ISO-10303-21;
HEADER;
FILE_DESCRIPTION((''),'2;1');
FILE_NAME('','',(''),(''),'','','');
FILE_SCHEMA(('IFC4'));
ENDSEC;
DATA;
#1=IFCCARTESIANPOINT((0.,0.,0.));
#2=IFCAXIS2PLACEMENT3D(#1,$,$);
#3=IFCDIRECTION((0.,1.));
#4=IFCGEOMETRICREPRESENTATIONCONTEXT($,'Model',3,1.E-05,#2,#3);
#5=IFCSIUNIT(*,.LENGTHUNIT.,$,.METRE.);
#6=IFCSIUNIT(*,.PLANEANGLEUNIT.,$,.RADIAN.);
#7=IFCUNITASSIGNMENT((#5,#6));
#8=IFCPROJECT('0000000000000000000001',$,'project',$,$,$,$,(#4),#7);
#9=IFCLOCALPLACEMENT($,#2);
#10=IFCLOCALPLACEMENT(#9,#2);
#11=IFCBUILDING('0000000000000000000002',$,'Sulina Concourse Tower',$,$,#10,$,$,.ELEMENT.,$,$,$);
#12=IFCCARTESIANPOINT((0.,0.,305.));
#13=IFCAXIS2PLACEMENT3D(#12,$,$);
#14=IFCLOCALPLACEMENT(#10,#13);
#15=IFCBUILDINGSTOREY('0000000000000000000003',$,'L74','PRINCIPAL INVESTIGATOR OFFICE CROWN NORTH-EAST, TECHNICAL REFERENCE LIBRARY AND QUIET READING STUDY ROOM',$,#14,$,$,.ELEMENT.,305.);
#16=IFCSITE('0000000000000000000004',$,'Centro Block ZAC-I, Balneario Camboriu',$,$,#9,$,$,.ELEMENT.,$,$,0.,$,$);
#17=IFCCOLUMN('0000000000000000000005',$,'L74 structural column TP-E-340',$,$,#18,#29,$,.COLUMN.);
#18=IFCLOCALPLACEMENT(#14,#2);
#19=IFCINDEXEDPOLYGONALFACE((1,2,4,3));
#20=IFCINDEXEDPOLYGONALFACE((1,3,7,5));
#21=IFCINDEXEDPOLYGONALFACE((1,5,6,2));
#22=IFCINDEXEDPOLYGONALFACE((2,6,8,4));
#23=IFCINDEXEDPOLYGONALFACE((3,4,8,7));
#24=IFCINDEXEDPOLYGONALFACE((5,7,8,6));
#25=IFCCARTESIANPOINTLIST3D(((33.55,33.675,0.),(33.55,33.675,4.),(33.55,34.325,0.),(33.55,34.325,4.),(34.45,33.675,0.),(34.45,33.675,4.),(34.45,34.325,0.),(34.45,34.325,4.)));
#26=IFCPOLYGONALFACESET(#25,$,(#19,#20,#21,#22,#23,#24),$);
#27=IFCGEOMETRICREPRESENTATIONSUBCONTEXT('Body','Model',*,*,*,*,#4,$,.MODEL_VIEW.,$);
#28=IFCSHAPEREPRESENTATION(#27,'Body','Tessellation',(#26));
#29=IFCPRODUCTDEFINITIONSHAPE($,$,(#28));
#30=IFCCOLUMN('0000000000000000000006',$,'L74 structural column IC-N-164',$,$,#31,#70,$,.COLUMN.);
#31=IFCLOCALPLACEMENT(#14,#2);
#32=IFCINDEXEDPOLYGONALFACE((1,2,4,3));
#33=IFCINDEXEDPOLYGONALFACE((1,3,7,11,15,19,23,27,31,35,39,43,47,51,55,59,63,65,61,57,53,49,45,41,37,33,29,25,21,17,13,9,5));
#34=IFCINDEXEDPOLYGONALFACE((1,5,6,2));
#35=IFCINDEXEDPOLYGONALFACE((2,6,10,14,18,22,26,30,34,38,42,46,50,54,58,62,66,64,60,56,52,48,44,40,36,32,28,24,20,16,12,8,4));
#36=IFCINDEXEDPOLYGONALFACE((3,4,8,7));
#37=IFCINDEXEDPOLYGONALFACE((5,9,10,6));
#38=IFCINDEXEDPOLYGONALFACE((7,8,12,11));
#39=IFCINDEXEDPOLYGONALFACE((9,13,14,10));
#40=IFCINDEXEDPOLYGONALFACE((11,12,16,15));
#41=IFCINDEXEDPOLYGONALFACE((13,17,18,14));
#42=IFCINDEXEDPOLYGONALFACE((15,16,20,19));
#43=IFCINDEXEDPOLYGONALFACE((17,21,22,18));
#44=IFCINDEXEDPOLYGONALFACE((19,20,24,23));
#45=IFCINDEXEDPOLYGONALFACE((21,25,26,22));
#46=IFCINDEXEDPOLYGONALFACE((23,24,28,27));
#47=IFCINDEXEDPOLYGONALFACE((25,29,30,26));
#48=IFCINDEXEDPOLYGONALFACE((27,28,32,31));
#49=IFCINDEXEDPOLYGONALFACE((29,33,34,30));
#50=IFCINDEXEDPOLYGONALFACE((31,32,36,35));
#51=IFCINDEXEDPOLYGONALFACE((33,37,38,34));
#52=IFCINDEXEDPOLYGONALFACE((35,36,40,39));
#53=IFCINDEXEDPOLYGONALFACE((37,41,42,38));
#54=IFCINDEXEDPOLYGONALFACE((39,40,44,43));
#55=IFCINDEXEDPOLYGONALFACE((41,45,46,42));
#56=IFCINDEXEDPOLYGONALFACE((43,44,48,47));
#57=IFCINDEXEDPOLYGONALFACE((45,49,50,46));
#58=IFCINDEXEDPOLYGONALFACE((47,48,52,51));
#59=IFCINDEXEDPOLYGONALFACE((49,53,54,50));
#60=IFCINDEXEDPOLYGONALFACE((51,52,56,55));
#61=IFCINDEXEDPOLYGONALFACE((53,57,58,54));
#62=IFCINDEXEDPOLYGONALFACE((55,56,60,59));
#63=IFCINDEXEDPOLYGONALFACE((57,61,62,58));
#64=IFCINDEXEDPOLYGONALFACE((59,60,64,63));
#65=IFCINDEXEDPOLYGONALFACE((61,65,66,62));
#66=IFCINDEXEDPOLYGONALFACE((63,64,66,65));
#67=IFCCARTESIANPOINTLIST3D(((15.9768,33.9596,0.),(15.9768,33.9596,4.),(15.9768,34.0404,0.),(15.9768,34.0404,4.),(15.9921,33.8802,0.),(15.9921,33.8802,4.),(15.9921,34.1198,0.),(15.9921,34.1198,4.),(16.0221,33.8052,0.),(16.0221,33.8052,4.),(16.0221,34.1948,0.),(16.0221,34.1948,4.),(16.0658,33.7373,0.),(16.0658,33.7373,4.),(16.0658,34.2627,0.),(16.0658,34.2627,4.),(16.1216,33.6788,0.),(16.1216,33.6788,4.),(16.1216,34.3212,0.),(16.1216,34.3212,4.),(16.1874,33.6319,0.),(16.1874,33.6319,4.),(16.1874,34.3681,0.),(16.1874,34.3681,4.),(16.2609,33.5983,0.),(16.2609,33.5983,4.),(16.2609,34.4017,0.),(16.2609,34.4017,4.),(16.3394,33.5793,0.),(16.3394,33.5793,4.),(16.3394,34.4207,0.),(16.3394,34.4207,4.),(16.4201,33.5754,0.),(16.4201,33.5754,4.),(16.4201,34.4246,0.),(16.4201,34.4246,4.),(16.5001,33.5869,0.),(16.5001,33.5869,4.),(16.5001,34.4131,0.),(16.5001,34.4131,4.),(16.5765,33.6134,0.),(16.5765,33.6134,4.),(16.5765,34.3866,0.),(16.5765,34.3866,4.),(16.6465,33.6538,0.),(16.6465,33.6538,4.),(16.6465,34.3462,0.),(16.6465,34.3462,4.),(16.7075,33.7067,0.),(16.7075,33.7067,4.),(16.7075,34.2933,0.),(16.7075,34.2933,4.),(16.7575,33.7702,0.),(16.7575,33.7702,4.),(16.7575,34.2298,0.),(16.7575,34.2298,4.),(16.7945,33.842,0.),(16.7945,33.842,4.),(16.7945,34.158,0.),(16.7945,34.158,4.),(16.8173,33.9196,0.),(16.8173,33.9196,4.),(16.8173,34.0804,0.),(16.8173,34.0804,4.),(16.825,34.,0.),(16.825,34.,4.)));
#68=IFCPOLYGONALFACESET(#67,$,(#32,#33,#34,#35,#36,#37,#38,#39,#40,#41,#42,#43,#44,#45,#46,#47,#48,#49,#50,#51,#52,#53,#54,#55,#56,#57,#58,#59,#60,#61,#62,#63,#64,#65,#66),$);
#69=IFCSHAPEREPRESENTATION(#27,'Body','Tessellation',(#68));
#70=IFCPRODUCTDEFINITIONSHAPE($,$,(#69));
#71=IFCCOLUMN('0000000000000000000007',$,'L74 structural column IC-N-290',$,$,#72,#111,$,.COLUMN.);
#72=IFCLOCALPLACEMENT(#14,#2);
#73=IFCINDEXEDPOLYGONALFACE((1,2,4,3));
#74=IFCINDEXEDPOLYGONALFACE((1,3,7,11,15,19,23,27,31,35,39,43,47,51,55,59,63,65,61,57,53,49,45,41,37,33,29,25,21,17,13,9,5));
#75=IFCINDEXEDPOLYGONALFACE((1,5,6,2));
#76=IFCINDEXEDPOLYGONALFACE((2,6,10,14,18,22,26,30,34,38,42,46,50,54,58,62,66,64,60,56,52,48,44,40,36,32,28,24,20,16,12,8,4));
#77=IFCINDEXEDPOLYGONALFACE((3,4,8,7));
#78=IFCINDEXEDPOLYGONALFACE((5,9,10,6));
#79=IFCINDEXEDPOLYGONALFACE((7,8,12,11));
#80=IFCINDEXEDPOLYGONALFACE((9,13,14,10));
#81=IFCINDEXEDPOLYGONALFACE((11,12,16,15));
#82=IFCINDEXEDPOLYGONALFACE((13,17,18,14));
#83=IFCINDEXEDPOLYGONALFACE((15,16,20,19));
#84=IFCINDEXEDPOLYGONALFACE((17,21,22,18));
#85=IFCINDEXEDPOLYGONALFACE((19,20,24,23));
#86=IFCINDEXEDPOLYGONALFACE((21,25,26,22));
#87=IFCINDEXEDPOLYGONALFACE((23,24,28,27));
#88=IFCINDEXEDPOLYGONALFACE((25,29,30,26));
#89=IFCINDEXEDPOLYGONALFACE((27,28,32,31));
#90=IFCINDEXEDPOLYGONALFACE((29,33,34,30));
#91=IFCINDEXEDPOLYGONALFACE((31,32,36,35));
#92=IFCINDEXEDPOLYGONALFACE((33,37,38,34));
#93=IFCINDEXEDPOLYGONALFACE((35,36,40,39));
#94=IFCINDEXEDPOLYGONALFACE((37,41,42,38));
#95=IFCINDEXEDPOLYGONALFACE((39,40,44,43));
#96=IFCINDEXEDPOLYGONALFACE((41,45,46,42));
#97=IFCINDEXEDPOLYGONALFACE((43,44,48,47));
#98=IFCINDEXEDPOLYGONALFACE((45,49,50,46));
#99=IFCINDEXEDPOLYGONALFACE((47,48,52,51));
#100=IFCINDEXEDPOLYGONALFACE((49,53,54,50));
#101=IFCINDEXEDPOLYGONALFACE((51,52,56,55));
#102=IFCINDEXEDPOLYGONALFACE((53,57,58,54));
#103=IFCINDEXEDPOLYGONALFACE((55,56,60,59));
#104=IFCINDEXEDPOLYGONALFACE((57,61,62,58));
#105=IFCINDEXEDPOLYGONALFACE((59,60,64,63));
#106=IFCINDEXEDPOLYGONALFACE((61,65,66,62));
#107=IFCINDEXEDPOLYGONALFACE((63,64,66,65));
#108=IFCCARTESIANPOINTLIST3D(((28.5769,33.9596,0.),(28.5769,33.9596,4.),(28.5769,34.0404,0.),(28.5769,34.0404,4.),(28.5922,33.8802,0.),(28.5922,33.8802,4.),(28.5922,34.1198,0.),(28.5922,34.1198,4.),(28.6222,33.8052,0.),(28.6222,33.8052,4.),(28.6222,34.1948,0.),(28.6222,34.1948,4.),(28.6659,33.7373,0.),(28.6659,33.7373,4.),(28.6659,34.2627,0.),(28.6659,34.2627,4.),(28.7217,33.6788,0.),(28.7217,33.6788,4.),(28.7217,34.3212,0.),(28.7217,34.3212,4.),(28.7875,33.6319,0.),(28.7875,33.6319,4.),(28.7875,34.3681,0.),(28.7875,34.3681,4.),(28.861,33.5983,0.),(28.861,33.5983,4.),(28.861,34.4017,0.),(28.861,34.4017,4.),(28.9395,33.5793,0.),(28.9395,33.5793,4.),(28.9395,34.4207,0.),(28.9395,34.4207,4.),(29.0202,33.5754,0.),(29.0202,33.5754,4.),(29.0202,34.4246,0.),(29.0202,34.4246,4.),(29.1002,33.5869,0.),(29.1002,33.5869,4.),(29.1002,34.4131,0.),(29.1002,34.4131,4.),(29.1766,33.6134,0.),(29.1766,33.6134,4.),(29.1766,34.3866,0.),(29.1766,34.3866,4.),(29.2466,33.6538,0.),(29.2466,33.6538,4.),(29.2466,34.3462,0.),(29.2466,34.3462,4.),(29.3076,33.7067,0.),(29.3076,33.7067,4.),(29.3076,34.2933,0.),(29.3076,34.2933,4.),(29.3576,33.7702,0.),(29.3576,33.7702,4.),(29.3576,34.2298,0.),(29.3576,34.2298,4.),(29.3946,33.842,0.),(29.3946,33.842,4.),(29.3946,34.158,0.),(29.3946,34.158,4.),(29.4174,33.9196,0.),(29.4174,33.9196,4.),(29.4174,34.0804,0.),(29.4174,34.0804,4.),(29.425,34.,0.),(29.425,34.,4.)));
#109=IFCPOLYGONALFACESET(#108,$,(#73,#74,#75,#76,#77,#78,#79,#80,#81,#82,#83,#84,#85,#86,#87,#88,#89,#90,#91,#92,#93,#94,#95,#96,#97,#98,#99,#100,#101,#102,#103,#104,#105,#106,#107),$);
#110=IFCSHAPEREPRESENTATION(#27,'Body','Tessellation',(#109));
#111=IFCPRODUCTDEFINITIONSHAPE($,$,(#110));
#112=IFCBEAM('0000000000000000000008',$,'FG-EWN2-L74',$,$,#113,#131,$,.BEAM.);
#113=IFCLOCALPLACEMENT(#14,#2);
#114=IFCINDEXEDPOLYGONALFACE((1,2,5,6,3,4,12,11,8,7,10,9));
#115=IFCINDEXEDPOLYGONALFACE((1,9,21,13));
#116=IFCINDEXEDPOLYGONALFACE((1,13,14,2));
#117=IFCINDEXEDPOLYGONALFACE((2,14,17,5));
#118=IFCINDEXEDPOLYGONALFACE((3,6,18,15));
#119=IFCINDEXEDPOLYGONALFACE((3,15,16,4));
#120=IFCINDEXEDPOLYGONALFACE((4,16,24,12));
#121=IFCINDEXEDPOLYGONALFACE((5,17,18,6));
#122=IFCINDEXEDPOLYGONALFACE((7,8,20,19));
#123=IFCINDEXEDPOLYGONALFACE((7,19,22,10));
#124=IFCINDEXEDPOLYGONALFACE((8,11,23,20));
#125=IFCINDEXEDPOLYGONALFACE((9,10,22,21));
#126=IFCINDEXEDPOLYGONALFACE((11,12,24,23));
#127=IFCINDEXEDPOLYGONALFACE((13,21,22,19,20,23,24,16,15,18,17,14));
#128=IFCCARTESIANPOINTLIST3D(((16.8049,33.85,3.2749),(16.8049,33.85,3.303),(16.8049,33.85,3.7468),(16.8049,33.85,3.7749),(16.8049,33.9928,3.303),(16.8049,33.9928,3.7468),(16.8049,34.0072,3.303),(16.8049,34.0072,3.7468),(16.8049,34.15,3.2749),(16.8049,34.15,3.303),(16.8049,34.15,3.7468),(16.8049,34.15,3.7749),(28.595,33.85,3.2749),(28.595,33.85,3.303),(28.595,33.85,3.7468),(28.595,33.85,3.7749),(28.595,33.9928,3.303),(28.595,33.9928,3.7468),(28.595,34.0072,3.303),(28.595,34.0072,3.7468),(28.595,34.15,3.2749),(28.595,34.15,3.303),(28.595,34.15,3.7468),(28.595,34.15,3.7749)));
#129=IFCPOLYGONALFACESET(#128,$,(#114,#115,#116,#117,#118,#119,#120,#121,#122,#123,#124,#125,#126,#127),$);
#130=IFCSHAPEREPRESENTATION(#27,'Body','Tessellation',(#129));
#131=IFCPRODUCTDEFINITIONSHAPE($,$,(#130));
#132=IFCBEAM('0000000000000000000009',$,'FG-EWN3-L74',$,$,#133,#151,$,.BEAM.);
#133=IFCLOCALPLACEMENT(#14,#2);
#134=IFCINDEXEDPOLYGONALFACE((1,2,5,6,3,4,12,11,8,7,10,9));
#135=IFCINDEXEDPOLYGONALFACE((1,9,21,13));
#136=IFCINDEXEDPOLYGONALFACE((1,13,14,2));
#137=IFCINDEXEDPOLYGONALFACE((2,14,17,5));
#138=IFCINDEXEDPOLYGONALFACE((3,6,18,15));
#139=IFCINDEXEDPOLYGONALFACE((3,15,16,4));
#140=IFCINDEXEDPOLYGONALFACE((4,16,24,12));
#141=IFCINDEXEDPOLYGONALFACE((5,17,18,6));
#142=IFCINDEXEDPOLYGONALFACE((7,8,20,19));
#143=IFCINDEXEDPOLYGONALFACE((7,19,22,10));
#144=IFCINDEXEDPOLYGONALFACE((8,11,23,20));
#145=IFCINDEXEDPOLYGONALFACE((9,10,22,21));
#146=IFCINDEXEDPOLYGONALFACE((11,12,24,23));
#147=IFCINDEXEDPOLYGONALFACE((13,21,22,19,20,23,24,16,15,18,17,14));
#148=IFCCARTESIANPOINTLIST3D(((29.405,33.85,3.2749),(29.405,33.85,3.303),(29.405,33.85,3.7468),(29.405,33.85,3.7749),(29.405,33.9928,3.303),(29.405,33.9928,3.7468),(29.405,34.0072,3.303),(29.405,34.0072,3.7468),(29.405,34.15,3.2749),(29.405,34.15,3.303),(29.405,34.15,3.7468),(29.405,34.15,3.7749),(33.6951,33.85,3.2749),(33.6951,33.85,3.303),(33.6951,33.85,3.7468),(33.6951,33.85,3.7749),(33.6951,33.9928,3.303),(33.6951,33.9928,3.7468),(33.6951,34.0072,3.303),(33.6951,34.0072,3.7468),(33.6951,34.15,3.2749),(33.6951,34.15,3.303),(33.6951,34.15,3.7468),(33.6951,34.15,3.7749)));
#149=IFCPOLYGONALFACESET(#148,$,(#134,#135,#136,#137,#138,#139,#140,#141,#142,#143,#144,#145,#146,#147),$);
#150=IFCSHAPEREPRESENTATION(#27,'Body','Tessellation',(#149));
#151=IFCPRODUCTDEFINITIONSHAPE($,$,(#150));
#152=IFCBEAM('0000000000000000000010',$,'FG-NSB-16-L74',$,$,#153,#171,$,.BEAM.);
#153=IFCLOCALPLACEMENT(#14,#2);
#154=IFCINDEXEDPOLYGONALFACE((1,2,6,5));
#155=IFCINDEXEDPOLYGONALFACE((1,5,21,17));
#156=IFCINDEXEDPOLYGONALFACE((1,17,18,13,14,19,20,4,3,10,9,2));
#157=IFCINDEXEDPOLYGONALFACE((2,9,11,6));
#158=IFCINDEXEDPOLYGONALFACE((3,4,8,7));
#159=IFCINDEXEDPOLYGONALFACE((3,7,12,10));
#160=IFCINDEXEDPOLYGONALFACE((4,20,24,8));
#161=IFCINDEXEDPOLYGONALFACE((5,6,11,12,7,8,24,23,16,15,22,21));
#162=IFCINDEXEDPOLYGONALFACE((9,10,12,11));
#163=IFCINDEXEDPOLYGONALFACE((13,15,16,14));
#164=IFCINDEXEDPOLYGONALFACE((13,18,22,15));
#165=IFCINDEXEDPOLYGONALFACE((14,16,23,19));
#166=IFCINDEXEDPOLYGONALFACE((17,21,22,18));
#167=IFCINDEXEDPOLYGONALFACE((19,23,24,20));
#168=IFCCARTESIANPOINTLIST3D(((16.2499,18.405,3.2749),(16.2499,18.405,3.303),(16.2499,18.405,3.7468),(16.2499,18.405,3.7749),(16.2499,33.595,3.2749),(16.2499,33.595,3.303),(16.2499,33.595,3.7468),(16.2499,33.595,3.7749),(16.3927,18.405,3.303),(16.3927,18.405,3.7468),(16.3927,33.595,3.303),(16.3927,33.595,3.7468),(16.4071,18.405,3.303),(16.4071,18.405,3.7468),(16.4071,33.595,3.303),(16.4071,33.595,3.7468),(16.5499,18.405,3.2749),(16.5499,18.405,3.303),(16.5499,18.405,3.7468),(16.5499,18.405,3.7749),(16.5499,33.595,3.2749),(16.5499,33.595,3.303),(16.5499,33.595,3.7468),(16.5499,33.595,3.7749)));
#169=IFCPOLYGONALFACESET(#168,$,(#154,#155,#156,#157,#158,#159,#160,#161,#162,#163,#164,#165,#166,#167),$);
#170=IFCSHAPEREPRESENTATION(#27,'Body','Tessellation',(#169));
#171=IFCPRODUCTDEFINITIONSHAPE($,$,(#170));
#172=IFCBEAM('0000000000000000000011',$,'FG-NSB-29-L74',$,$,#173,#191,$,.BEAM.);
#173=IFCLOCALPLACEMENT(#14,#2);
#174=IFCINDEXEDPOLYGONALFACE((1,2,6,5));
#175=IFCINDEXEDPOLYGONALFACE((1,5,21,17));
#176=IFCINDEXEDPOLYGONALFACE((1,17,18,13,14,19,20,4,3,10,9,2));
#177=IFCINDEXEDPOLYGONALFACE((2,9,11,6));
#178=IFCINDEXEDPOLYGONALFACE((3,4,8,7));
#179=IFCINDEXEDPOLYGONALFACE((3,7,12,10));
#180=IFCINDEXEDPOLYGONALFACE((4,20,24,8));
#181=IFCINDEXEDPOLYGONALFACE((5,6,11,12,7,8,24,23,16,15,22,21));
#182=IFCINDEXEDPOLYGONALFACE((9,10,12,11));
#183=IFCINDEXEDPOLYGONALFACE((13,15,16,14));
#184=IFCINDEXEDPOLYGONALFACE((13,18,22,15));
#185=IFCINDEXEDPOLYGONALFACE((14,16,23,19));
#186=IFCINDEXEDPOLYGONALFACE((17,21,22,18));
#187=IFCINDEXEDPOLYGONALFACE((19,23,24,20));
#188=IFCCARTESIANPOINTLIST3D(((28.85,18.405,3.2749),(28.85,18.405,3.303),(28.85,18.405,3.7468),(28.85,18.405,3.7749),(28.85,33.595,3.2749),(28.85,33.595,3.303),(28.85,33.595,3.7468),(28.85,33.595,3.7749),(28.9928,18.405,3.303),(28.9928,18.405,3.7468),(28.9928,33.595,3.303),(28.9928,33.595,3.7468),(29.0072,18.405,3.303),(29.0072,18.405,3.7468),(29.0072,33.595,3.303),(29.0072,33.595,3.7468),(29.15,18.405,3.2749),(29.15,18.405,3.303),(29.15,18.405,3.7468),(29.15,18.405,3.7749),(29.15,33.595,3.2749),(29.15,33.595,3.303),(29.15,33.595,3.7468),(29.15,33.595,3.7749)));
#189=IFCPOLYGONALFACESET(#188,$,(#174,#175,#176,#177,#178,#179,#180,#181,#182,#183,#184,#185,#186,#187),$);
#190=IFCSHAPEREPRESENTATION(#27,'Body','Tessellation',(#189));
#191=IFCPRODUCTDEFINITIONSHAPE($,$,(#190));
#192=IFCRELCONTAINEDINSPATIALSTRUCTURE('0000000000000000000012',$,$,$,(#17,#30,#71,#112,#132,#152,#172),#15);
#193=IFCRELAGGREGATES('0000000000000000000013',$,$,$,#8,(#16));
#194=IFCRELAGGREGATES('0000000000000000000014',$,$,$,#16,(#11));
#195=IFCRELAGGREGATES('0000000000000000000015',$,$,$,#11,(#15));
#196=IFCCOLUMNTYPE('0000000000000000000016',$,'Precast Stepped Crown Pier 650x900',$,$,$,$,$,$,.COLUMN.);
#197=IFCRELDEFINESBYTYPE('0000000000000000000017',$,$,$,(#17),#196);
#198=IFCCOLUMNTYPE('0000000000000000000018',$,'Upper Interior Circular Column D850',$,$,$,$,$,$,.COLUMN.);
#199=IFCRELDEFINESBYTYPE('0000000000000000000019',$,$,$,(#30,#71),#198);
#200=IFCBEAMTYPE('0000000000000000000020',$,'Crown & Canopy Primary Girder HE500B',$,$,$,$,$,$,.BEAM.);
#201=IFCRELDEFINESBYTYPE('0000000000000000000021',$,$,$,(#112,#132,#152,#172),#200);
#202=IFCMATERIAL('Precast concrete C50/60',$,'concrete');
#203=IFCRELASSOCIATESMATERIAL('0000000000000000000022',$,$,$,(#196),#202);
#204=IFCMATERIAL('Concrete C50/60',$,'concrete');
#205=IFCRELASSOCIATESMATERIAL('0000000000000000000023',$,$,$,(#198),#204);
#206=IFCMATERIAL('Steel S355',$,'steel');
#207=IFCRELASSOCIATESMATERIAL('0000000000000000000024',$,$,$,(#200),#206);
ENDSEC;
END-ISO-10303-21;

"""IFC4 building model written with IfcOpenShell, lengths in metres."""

from ifc_helpers import new_model, si_unit, direction, frame, origin, origin_2d, place, context, subcontext, project, spatial, rectangle, circle, i_section, extrude, material, material_profile, profile_set, type_object, element, save


model = new_model("IFC4")

# Units and contexts
model_context = context("Model", 3, precision=1e-05, world=origin(), true_north=direction((0.0, 1.0)))
body_context = subcontext(model_context, "Body", "Model", "MODEL_VIEW")
ifc_project = project(units=[si_unit("LENGTHUNIT", "METRE"), si_unit("PLANEANGLEUNIT", "RADIAN")], contexts=[model_context])

# Site, building, storey
site_placement = place(None, origin())
site = spatial("IfcSite", under=ifc_project, at=site_placement, Name="Centro Block ZAC-I, Balneario Camboriu", CompositionType="ELEMENT", RefElevation=0.0)
building_placement = place(site_placement, origin())
building = spatial("IfcBuilding", under=site, at=building_placement, Name="Sulina Concourse Tower", CompositionType="ELEMENT")
storey_placement = place(building_placement, frame((0.0, 0.0, 305.0)))
storey = spatial("IfcBuildingStorey", under=building, at=storey_placement, Name="L74", Description="PRINCIPAL INVESTIGATOR OFFICE CROWN NORTH-EAST, TECHNICAL REFERENCE LIBRARY AND QUIET READING STUDY ROOM", CompositionType="ELEMENT", Elevation=305.0)

# Columns
ifc_material_1 = material(Name="Precast concrete C50/60", Category="concrete")
ifc_material_profile_1 = material_profile(ifc_material_1, rectangle(XDim=0.6499, YDim=0.8999, at=origin_2d()), Name="PC 650x900")
ifc_profile_set_1 = profile_set([ifc_material_profile_1], Name="Precast concrete C50/60")
column_type_1 = type_object("IfcColumnType", Name="Precast Stepped Crown Pier 650x900", PredefinedType="COLUMN", material=ifc_profile_set_1)
column_placement = place(storey_placement, frame((34.0, 34.0, 0.0), z_axis=(0.0, 0.0, 1.0), x_axis=(0.0, 1.0, 0.0)))
element("IfcColumn", 1, at=column_placement, inside=storey, type_object=column_type_1, Name="L74 structural column TP-E-340", PredefinedType="COLUMN", context=body_context, shape_type="SweptSolid", body=[
    extrude(rectangle(XDim=0.6499, YDim=0.8999, at=origin_2d()), origin(), (0.0, 0.0, 1.0), 4.0),
])
ifc_material_2 = material(Name="Concrete C50/60", Category="concrete")
ifc_material_profile_2 = material_profile(ifc_material_2, circle(Radius=0.425, at=origin_2d()), Name="RC D850")
ifc_profile_set_2 = profile_set([ifc_material_profile_2], Name="Concrete C50/60")
column_type_2 = type_object("IfcColumnType", Name="Upper Interior Circular Column D850", PredefinedType="COLUMN", material=ifc_profile_set_2)
for number, where, z_axis, x_axis, name in (
    (2, (16.3999, 34.0, 0.0), (0.0, 0.0, 1.0), (1.0, 0.0, 0.0), "L74 structural column IC-N-164"),
    (3, (29.0, 34.0, 0.0), (0.0, 0.0, 1.0), (1.0, 0.0, 0.0), "L74 structural column IC-N-290"),
):
    element("IfcColumn", number, at=place(storey_placement, frame(where, z_axis=z_axis, x_axis=x_axis)), inside=storey, type_object=column_type_2, Name=name, PredefinedType="COLUMN", context=body_context, shape_type="SweptSolid", body=[
        extrude(circle(Radius=0.425, at=origin_2d()), origin(), (0.0, 0.0, 1.0), 4.0),
    ])

# Beams
ifc_material_3 = material(Name="Steel S355", Category="steel")
ifc_material_profile_3 = material_profile(ifc_material_3, i_section(OverallWidth=0.3, OverallDepth=0.5, WebThickness=0.0144, FlangeThickness=0.0281, at=origin_2d()), Name="HE 500 B")
ifc_profile_set_3 = profile_set([ifc_material_profile_3], Name="Steel S355")
beam_type_1 = type_object("IfcBeamType", Name="Crown & Canopy Primary Girder HE500B", PredefinedType="BEAM", material=ifc_profile_set_3)
beam_1_placement = place(storey_placement, frame((16.8049, 34.0, 3.5249), z_axis=(1.0, 0.0, 0.0), x_axis=(0.0, 1.0, 0.0)))
element("IfcBeam", 4, at=beam_1_placement, inside=storey, type_object=beam_type_1, Name="FG-EWN2-L74", PredefinedType="BEAM", context=body_context, shape_type="SweptSolid", body=[
    extrude(i_section(OverallWidth=0.3, OverallDepth=0.5, WebThickness=0.0144, FlangeThickness=0.0281, at=origin_2d()), origin(), (0.0, 0.0, 1.0), 11.79),
])
beam_2_placement = place(storey_placement, frame((29.405, 34.0, 3.5249), z_axis=(1.0, 0.0, 0.0), x_axis=(0.0, 1.0, 0.0)))
element("IfcBeam", 5, at=beam_2_placement, inside=storey, type_object=beam_type_1, Name="FG-EWN3-L74", PredefinedType="BEAM", context=body_context, shape_type="SweptSolid", body=[
    extrude(i_section(OverallWidth=0.3, OverallDepth=0.5, WebThickness=0.0144, FlangeThickness=0.0281, at=origin_2d()), origin(), (0.0, 0.0, 1.0), 4.29),
])
for number, where, z_axis, x_axis, name in (
    (6, (16.3999, 18.405, 3.5249), (0.0, 1.0, 0.0), (-1.0, 0.0, 0.0), "FG-NSB-16-L74"),
    (7, (29.0, 18.405, 3.5249), (0.0, 1.0, 0.0), (-1.0, 0.0, 0.0), "FG-NSB-29-L74"),
):
    element("IfcBeam", number, at=place(storey_placement, frame(where, z_axis=z_axis, x_axis=x_axis)), inside=storey, type_object=beam_type_1, Name=name, PredefinedType="BEAM", context=body_context, shape_type="SweptSolid", body=[
        extrude(i_section(OverallWidth=0.3, OverallDepth=0.5, WebThickness=0.0144, FlangeThickness=0.0281, at=origin_2d()), origin(), (0.0, 0.0, 1.0), 15.1899),
    ])

save(model, "model.ifc")
